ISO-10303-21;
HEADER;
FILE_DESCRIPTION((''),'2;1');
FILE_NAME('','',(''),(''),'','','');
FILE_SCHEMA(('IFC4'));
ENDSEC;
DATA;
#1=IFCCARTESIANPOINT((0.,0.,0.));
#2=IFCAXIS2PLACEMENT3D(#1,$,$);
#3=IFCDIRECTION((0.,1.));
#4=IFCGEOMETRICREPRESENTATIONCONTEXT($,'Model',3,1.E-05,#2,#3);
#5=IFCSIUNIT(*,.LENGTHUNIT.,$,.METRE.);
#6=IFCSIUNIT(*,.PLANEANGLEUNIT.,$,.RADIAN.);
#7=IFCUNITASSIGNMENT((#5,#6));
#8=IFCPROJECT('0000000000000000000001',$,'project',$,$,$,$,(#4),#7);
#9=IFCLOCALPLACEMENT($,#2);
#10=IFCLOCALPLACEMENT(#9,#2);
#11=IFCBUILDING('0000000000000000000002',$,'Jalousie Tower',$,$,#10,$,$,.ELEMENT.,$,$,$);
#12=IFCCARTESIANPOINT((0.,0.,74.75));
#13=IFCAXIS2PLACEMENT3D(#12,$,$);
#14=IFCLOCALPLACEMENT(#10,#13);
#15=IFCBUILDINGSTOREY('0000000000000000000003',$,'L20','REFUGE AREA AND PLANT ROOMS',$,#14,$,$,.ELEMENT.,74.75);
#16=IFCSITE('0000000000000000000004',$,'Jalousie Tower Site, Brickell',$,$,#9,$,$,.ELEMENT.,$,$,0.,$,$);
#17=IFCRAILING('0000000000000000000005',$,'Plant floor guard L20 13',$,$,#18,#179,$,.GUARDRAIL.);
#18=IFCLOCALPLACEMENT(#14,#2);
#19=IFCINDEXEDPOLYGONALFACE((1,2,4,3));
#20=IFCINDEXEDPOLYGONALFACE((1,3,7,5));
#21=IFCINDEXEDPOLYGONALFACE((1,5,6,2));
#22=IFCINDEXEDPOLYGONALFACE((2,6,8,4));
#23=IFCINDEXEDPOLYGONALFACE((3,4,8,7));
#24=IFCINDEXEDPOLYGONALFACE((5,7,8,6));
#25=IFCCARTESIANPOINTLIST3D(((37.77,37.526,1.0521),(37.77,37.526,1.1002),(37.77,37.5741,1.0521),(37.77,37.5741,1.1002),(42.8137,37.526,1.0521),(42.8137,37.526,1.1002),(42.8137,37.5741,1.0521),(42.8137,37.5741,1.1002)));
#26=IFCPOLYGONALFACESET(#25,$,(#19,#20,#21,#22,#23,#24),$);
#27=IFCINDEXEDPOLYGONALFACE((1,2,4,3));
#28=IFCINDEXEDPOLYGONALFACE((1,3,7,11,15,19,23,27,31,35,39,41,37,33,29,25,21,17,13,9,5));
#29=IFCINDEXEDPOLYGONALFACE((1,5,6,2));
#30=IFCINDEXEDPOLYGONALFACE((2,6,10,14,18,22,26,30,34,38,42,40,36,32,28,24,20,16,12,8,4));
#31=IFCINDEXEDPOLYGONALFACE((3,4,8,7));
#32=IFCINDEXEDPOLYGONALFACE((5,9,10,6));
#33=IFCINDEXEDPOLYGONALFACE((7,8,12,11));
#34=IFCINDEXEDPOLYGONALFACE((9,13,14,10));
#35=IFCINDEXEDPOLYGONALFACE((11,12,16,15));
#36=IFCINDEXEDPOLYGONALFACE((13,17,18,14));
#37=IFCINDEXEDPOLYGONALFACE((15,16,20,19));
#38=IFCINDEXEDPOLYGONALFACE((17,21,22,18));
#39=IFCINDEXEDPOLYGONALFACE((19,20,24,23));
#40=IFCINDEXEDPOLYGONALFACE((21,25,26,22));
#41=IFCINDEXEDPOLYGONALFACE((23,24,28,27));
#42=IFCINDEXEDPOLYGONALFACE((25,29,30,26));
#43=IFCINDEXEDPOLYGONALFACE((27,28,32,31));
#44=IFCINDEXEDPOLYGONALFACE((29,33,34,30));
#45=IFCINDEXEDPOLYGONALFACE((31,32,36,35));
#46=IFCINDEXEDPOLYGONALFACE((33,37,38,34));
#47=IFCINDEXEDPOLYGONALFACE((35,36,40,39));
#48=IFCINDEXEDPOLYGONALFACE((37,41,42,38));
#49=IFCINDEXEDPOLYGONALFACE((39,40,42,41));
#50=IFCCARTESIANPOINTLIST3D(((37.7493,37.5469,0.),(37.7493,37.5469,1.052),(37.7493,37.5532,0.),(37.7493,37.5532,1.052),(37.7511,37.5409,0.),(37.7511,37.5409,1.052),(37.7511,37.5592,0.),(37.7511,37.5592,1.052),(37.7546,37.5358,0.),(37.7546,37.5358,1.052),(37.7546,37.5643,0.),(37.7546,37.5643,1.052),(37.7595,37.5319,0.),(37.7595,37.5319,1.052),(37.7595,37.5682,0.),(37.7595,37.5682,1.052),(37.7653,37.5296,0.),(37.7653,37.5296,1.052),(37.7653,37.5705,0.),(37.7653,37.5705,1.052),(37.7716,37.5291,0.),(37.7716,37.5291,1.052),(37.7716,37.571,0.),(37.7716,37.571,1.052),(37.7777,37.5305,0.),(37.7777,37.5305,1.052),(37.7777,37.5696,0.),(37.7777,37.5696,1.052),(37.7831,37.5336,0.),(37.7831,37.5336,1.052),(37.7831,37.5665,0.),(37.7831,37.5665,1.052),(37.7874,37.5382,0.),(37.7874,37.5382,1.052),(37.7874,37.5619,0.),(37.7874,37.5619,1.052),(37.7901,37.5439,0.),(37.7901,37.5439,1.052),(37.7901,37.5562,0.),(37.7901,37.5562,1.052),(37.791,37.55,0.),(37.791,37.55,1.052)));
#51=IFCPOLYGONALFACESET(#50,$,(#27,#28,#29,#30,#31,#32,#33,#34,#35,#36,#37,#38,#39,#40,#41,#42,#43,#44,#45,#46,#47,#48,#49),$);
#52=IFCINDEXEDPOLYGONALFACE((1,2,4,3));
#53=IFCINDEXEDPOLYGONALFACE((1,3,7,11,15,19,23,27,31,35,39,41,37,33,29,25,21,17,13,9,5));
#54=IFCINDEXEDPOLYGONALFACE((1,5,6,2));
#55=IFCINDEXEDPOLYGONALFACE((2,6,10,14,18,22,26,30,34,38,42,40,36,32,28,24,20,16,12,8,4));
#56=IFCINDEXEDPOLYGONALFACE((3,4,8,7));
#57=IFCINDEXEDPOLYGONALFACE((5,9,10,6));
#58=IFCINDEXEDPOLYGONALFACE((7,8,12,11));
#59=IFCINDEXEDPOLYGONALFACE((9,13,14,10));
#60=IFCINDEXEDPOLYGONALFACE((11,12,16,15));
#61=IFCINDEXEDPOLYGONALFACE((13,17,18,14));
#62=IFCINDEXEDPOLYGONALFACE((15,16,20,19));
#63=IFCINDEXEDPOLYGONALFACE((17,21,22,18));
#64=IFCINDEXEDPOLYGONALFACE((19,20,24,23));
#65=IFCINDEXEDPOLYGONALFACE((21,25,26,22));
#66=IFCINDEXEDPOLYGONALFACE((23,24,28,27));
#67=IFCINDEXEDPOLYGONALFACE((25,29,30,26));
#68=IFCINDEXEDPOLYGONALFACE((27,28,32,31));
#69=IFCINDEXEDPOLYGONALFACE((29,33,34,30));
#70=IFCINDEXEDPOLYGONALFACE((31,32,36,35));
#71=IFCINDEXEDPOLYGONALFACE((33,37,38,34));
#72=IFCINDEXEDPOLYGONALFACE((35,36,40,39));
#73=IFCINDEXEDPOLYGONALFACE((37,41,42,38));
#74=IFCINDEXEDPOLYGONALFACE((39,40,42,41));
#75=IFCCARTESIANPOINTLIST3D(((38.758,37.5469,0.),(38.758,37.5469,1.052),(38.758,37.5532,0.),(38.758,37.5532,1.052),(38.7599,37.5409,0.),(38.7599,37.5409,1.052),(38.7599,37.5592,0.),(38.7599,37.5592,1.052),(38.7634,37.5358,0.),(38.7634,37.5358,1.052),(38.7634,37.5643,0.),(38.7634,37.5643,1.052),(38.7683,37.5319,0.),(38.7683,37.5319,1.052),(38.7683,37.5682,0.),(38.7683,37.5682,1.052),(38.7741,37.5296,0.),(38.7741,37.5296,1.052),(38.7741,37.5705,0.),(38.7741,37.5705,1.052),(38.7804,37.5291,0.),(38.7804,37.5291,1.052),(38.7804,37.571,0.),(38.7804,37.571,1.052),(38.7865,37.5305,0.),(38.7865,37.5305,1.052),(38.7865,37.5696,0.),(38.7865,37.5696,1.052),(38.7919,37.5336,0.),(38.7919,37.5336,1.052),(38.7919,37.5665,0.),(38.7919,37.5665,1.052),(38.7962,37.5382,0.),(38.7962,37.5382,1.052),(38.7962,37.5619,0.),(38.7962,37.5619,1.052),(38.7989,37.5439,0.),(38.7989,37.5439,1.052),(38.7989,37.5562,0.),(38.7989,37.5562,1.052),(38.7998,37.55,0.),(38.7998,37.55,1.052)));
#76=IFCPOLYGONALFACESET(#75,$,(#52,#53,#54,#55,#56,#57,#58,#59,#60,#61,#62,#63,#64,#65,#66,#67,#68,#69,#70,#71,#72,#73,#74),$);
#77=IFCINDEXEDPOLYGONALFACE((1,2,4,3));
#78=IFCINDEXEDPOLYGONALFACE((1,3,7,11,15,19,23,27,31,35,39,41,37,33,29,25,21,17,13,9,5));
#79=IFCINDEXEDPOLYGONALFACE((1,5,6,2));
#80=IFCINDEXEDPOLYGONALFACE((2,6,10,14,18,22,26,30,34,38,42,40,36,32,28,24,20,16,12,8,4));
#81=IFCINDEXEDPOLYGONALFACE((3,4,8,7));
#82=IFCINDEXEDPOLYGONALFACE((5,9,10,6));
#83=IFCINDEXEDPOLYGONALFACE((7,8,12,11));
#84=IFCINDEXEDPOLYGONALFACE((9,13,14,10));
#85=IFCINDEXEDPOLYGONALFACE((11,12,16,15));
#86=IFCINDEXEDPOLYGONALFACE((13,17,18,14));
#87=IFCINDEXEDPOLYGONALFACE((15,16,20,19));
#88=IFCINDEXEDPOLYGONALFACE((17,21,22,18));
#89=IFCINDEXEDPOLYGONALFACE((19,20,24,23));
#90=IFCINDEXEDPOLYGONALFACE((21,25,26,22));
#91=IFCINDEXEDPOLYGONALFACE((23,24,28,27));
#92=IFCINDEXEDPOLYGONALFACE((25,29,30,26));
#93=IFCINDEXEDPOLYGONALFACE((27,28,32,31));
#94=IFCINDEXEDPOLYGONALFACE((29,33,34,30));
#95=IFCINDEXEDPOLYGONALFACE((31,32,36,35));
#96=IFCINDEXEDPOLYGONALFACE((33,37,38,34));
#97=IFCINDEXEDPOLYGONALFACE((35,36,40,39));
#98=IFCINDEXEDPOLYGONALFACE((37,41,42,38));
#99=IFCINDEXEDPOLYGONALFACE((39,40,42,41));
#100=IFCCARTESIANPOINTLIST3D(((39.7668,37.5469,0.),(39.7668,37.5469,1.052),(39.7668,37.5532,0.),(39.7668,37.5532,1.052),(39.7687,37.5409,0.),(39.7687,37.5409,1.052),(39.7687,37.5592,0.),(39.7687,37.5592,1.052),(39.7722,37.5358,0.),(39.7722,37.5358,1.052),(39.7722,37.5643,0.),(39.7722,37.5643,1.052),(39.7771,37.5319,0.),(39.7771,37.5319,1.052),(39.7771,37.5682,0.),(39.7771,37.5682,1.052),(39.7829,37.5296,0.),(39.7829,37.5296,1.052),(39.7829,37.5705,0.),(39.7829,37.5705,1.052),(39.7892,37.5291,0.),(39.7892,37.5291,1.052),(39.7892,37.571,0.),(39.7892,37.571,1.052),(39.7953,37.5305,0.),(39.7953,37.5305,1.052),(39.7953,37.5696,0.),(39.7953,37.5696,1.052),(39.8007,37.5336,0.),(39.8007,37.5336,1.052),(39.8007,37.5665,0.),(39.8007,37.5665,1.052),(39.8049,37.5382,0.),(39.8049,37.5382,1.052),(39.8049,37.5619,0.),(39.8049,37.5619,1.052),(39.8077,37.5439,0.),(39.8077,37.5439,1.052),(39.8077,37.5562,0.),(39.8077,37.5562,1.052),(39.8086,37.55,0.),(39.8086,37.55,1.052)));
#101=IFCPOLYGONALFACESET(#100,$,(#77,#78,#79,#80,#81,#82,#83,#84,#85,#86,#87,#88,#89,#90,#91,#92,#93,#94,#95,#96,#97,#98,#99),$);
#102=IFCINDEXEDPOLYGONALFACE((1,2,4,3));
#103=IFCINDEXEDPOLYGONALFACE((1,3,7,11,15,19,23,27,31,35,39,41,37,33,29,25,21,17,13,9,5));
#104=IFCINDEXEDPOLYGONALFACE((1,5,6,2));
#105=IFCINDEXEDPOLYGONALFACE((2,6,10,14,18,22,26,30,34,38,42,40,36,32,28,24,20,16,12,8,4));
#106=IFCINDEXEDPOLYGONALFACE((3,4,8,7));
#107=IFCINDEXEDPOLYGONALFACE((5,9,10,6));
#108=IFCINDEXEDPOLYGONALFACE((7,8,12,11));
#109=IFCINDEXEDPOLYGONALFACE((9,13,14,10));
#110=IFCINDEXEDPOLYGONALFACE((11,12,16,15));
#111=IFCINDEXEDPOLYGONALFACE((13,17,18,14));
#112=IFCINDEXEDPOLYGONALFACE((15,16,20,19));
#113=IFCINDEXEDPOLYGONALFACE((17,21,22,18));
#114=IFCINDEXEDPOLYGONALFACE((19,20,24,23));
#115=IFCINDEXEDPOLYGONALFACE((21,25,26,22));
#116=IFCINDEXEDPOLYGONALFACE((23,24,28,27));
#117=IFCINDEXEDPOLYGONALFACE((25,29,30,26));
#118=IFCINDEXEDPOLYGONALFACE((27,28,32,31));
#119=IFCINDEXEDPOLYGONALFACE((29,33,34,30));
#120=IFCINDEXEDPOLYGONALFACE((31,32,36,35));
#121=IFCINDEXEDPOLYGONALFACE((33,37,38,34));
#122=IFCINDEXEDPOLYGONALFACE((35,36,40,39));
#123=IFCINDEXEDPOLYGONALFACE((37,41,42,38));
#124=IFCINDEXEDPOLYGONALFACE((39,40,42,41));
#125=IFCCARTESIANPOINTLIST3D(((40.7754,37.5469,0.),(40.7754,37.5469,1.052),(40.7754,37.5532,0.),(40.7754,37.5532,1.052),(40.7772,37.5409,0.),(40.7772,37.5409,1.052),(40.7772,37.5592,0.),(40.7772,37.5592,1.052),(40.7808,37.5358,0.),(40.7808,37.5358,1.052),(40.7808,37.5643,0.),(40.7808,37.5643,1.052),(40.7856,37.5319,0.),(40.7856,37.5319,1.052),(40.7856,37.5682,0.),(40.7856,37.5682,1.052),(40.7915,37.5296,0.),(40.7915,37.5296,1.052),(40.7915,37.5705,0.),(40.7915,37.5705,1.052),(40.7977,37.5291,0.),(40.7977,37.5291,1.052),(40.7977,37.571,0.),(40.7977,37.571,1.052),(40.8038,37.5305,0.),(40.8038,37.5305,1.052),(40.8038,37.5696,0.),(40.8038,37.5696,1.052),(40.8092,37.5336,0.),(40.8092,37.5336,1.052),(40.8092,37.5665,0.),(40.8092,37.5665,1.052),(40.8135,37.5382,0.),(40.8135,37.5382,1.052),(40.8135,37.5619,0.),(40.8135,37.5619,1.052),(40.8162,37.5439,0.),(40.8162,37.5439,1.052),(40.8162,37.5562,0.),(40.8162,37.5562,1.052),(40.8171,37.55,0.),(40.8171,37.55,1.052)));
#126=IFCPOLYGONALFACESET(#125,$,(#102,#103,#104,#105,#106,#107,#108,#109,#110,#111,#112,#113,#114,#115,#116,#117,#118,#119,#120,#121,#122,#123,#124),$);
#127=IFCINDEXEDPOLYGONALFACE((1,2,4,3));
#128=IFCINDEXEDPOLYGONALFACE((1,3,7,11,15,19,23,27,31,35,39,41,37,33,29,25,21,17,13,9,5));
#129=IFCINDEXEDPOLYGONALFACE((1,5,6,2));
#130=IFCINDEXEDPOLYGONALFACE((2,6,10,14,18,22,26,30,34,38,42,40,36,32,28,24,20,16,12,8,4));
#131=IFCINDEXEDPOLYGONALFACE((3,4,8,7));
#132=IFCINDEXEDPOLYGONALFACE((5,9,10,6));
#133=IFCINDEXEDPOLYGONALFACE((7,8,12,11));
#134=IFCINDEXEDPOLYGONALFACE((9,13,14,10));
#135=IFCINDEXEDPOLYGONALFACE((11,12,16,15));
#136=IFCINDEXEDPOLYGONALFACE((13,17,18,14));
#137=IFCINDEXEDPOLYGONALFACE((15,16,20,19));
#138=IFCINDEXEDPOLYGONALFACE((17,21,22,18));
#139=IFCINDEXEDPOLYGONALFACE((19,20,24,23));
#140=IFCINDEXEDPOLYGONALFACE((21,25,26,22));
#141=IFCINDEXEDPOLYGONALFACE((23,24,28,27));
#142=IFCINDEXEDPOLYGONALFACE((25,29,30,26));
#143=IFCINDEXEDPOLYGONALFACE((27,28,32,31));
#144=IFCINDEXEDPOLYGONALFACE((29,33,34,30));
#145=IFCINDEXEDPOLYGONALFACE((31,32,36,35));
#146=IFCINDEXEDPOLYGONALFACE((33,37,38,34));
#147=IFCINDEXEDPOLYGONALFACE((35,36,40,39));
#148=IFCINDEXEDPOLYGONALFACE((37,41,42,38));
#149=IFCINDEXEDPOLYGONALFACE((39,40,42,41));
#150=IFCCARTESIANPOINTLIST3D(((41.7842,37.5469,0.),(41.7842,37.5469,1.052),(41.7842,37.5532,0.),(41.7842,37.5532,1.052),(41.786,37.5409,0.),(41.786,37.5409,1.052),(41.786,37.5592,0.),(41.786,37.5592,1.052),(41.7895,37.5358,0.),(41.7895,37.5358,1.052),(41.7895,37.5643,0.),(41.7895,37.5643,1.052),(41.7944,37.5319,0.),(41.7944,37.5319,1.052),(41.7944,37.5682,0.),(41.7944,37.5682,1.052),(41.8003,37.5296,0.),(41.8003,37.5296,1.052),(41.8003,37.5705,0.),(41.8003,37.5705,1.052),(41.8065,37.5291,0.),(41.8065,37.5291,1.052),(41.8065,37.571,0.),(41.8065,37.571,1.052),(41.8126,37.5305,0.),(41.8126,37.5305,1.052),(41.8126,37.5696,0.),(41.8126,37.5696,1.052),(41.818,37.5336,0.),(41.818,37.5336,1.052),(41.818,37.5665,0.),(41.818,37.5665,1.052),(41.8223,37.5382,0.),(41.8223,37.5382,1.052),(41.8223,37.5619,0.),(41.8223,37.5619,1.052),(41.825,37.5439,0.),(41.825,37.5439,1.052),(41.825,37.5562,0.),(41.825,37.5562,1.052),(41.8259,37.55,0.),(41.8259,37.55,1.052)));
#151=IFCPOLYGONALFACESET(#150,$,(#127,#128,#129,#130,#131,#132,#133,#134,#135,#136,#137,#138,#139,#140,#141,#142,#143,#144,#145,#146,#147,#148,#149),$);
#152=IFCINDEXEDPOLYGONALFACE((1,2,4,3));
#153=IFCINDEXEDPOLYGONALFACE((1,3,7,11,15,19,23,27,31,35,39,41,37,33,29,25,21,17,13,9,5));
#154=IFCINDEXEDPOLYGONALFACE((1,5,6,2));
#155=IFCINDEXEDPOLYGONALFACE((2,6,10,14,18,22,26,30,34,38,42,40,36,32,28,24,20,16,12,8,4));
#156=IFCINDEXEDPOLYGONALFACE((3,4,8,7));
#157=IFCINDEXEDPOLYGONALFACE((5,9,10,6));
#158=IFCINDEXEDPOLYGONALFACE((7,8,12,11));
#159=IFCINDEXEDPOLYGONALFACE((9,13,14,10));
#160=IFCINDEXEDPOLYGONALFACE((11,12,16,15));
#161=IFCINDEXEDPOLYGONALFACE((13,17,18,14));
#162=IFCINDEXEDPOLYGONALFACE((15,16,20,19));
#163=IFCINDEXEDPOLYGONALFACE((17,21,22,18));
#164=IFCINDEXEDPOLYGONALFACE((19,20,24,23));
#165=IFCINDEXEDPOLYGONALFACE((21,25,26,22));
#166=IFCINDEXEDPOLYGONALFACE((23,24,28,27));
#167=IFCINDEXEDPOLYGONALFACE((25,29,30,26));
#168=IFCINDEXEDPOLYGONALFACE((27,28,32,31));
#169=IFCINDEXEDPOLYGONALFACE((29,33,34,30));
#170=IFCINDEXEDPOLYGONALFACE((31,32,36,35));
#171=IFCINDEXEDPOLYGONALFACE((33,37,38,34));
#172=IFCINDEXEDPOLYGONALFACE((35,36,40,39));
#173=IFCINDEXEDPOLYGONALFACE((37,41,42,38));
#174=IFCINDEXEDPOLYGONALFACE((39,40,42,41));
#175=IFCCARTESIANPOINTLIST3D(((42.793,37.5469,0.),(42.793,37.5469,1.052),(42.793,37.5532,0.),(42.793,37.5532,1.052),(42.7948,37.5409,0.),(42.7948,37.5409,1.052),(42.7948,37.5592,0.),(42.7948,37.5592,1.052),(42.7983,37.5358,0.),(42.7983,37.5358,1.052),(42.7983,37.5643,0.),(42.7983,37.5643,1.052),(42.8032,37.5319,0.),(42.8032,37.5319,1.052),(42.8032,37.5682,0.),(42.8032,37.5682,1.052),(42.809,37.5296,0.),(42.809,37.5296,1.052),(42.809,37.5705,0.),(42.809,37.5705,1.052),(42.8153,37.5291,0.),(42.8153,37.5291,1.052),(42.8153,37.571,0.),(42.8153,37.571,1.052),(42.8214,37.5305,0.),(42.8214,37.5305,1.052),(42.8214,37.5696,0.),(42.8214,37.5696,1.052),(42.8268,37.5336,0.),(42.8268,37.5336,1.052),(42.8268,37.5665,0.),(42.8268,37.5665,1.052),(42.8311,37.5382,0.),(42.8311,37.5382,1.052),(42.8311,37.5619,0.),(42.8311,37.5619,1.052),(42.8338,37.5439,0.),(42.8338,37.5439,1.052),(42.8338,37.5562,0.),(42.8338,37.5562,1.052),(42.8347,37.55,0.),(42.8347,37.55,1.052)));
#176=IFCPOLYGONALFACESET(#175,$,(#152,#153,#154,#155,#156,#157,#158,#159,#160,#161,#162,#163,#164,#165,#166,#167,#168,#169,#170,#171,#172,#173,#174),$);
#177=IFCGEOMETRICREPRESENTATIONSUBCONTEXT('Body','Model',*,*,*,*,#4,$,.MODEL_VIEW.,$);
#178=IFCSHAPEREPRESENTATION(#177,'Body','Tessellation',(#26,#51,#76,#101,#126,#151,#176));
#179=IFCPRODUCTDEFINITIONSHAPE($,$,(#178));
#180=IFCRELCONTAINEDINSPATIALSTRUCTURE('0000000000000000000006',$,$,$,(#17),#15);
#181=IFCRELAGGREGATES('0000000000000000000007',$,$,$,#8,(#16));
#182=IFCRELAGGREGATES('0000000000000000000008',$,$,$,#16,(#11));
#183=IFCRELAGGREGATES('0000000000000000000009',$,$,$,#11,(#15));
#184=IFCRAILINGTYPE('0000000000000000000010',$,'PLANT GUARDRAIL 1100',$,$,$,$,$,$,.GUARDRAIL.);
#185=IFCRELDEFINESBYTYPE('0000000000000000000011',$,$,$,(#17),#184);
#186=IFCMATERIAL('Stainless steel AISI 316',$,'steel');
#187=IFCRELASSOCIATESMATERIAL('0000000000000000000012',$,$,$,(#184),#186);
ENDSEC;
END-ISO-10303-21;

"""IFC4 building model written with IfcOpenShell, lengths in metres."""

from ifc_helpers import new_model, si_unit, direction, frame, origin, origin_2d, place, context, subcontext, project, spatial, rectangle, circle, extrude, material, type_object, element, save


model = new_model("IFC4")

# Units and contexts
model_context = context("Model", 3, precision=1e-05, world=origin(), true_north=direction((0.0, 1.0)))
body_context = subcontext(model_context, "Body", "Model", "MODEL_VIEW")
ifc_project = project(units=[si_unit("LENGTHUNIT", "METRE"), si_unit("PLANEANGLEUNIT", "RADIAN")], contexts=[model_context])

# Site, building, storey
site_placement = place(None, origin())
site = spatial("IfcSite", under=ifc_project, at=site_placement, Name="Jalousie Tower Site, Brickell", CompositionType="ELEMENT", RefElevation=0.0)
building_placement = place(site_placement, origin())
building = spatial("IfcBuilding", under=site, at=building_placement, Name="Jalousie Tower", CompositionType="ELEMENT")
storey_placement = place(building_placement, frame((0.0, 0.0, 74.75)))
storey = spatial("IfcBuildingStorey", under=building, at=storey_placement, Name="L20", Description="REFUGE AREA AND PLANT ROOMS", CompositionType="ELEMENT", Elevation=74.75)

# Railing
ifc_material_1 = material(Name="Stainless steel AISI 316", Category="steel")
railing_type = type_object("IfcRailingType", Name="PLANT GUARDRAIL 1100", PredefinedType="GUARDRAIL", material=ifc_material_1)
railing_1_placement = place(storey_placement, frame((37.77, 37.55, 0.0)))
element("IfcRailing", 1, at=railing_1_placement, inside=storey, type_object=railing_type, Name="Plant floor guard L20 13", PredefinedType="GUARDRAIL", context=body_context, shape_type="SweptSolid", body=[
    extrude(rectangle(XDim=0.0481, YDim=0.0481, at=origin_2d()), frame((0.0, 0.0, 1.0762), z_axis=(1.0, 0.0, 0.0), x_axis=(0.0, 1.0, 0.0)), (0.0, 0.0, 1.0), 5.0437),
    extrude(circle(Radius=0.021, at=origin_2d()), origin(), (0.0, 0.0, 1.0), 1.052),
    extrude(circle(Radius=0.021, at=origin_2d()), frame((1.0088, 0.0, 0.0)), (0.0, 0.0, 1.0), 1.052),
    extrude(circle(Radius=0.021, at=origin_2d()), frame((2.0176, 0.0, 0.0)), (0.0, 0.0, 1.0), 1.052),
    extrude(circle(Radius=0.021, at=origin_2d()), frame((3.0261, 0.0, 0.0)), (0.0, 0.0, 1.0), 1.052),
    extrude(circle(Radius=0.021, at=origin_2d()), frame((4.0349, 0.0, 0.0)), (0.0, 0.0, 1.0), 1.052),
    extrude(circle(Radius=0.021, at=origin_2d()), frame((5.0437, 0.0, 0.0)), (0.0, 0.0, 1.0), 1.052),
])

save(model, "model.ifc")
